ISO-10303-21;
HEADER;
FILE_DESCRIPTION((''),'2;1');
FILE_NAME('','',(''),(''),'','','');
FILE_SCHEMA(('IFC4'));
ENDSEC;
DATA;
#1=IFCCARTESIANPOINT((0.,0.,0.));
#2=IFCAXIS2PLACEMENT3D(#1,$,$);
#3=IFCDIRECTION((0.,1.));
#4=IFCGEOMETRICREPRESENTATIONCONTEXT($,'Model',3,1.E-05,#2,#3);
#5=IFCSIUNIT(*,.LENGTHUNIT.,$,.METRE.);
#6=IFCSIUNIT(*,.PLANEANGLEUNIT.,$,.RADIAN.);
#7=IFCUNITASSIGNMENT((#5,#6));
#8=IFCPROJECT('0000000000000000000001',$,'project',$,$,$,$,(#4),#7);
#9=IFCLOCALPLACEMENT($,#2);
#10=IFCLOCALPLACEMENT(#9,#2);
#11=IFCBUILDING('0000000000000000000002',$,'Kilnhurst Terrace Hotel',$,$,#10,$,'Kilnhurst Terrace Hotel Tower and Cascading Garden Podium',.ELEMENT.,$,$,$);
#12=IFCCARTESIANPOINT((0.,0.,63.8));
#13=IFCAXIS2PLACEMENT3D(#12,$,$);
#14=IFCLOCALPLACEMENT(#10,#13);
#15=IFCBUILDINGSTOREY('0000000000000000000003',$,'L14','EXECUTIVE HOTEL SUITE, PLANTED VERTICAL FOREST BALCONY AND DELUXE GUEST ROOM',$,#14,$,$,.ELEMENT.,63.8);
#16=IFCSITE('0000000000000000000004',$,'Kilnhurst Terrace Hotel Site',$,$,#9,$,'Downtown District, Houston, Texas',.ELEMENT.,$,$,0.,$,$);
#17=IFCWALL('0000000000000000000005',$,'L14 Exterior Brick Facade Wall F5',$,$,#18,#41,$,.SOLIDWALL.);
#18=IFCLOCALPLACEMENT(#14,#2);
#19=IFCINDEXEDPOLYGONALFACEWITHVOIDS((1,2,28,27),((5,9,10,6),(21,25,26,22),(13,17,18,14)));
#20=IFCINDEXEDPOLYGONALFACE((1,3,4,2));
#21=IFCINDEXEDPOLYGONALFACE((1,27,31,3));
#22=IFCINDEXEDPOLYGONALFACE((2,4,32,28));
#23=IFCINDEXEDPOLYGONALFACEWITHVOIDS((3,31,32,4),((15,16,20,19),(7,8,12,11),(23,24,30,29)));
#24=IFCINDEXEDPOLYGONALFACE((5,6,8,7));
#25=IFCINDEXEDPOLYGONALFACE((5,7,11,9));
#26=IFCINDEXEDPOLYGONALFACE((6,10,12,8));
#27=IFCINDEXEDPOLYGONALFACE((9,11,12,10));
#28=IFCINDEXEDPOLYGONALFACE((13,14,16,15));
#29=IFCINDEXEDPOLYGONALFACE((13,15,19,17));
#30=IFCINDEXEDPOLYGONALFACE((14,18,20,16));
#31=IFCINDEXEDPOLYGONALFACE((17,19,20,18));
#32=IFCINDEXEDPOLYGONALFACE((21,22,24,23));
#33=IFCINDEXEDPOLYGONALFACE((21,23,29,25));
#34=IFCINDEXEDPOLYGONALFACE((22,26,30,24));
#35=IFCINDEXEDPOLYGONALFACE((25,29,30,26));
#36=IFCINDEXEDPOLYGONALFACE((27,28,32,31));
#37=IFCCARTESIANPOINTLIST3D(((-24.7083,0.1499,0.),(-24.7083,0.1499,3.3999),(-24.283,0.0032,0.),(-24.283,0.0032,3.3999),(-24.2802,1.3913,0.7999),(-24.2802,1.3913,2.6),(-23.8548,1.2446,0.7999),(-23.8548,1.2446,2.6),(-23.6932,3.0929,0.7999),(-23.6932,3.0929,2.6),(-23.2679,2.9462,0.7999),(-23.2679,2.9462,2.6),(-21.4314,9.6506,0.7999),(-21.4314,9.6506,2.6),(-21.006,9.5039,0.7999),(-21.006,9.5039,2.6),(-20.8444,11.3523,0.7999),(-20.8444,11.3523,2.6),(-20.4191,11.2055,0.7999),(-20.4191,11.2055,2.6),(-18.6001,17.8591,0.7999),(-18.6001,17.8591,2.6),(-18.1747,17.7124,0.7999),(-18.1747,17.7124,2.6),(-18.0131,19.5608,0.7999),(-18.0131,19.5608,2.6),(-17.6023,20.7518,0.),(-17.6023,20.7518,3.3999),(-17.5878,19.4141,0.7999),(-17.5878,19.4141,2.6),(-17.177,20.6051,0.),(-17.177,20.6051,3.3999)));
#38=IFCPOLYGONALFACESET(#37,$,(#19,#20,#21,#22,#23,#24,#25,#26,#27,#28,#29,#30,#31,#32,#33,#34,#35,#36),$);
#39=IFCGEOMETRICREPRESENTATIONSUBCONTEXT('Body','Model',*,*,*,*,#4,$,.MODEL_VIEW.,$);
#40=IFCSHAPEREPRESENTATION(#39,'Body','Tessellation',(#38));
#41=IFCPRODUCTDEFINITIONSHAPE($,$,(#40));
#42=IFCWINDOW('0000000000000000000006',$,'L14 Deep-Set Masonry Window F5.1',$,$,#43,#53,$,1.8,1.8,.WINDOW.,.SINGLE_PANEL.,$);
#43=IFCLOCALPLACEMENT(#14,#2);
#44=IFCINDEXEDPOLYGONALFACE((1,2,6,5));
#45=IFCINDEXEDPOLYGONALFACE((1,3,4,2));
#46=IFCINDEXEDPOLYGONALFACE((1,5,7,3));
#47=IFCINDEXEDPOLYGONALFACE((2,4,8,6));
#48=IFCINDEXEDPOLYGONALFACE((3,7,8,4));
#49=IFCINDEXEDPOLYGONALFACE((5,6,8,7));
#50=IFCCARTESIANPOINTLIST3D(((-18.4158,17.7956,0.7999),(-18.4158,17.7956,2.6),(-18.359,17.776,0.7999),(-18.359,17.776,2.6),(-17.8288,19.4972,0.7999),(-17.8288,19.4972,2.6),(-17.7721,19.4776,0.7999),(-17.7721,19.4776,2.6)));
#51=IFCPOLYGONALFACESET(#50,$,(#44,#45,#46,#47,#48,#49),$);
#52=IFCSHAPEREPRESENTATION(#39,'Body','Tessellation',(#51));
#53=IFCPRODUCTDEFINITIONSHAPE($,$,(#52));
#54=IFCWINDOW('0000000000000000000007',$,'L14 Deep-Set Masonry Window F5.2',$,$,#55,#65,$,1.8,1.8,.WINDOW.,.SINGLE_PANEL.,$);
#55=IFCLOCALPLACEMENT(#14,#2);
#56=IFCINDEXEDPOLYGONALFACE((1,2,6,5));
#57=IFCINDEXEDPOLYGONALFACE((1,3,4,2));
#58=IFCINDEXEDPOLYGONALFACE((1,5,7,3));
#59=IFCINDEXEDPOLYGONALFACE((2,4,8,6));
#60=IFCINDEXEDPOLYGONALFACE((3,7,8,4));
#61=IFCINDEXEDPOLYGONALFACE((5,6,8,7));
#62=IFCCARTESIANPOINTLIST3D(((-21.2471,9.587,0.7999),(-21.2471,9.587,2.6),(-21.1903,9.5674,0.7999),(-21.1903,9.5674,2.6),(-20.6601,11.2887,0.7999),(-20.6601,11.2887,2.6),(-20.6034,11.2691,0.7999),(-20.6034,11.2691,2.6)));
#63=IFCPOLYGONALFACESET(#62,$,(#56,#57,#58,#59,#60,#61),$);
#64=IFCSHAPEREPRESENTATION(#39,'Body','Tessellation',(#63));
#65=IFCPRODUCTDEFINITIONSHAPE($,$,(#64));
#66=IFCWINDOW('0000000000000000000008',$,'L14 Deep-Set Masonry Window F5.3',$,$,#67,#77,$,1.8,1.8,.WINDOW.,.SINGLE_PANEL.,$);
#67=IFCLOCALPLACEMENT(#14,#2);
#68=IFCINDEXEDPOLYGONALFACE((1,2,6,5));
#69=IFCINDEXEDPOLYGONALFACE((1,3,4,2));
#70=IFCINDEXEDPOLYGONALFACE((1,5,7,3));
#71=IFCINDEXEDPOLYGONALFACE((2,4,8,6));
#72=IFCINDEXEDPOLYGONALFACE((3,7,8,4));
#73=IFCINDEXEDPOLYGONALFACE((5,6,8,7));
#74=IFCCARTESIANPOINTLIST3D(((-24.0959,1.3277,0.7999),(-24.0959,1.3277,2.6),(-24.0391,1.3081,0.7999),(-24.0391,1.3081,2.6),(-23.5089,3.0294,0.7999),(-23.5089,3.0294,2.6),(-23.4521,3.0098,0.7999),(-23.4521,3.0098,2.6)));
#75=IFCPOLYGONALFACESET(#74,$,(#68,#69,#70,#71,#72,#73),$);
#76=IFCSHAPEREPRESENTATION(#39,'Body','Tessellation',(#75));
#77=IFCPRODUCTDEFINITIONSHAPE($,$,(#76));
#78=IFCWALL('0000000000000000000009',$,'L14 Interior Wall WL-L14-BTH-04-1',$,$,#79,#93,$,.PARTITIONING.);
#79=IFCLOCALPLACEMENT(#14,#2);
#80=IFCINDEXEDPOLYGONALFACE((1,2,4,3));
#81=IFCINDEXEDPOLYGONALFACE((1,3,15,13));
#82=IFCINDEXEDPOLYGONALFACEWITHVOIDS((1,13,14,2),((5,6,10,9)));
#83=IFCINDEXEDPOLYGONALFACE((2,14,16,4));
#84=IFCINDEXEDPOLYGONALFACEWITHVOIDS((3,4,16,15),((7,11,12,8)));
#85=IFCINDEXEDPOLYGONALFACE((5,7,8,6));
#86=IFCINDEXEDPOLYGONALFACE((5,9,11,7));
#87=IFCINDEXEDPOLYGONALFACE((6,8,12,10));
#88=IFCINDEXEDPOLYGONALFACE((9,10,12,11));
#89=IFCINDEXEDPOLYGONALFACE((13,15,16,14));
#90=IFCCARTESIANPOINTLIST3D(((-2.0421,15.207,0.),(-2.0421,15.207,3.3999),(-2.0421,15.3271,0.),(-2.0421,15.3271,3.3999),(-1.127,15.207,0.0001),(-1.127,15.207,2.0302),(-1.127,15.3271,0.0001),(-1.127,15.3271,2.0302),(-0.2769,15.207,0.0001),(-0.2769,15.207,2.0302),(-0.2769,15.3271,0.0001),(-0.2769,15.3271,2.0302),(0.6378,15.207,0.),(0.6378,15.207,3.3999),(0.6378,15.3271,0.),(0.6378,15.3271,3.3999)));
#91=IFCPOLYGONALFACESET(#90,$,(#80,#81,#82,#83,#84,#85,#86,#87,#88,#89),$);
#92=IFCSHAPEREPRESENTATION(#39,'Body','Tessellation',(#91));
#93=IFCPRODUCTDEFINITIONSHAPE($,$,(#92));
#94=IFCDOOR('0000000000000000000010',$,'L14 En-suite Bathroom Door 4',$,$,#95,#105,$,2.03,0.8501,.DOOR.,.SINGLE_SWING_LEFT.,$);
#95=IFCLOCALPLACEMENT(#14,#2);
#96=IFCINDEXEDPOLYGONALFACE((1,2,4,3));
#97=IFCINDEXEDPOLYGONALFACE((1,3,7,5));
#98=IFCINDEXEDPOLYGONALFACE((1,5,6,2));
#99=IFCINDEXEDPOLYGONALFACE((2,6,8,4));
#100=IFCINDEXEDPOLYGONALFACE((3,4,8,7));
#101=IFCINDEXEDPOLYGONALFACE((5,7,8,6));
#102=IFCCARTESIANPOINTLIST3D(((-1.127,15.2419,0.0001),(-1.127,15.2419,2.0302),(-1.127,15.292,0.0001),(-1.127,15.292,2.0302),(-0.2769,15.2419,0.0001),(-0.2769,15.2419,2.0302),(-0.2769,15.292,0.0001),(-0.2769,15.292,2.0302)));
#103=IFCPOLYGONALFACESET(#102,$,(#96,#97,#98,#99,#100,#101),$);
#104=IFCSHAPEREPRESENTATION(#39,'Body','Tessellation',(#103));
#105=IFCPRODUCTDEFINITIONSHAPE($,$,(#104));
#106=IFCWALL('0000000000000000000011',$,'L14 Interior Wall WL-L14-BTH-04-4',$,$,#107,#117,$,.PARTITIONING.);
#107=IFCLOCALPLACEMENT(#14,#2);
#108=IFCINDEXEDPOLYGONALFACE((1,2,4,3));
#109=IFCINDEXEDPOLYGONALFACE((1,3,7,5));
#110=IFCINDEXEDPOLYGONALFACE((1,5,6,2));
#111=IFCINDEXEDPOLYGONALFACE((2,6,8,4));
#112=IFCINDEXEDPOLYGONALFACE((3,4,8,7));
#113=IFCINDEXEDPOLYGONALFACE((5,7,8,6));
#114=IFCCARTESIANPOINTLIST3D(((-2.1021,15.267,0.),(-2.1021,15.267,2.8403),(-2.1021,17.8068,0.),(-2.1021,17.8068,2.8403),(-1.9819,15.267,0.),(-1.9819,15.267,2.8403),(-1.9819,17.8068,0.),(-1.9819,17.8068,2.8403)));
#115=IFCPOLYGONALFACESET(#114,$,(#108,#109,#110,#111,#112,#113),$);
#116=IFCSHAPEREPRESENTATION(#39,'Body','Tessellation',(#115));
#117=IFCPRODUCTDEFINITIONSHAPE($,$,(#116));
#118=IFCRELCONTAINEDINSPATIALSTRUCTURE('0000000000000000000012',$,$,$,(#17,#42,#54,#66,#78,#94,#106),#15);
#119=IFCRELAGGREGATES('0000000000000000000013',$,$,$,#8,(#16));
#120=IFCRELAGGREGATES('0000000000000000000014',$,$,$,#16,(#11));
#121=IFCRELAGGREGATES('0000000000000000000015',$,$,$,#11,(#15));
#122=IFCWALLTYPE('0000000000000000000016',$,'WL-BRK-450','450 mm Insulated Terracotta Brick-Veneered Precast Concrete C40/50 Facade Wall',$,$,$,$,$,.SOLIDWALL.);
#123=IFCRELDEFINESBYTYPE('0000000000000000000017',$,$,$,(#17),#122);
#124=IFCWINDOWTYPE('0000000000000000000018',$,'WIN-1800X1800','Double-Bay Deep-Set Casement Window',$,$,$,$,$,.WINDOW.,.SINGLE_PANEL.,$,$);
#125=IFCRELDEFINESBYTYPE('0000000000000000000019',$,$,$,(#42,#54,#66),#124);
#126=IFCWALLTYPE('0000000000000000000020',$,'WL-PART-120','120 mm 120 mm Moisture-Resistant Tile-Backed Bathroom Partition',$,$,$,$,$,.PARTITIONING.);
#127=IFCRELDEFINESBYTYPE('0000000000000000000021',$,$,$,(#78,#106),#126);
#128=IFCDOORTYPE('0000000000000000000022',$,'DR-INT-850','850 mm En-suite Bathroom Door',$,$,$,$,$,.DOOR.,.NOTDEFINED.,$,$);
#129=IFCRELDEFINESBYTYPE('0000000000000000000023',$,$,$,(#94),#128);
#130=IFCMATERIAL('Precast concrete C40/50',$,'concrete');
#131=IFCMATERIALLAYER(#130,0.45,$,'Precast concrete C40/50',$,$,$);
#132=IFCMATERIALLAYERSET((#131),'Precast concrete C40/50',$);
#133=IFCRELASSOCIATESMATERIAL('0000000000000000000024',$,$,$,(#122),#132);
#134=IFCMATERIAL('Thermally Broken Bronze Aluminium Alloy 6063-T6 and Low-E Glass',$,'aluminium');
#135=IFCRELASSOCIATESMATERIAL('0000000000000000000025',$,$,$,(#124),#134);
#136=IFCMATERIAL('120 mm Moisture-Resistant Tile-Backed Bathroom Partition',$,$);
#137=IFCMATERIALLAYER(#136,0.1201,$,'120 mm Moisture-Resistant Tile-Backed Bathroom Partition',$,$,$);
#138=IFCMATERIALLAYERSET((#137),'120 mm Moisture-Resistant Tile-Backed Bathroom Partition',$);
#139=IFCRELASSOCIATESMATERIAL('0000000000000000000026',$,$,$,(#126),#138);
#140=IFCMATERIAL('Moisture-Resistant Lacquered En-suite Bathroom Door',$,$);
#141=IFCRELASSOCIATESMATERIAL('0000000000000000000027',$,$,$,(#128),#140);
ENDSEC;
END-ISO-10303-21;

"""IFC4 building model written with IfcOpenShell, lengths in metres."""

from ifc_helpers import new_model, si_unit, direction, frame, frame_2d, origin, place, context, subcontext, project, spatial, rectangle, extrude, material, layer, layer_set, type_object, element, fill, save


model = new_model("IFC4")

# Units and contexts
model_context = context("Model", 3, precision=1e-05, world=origin(), true_north=direction((0.0, 1.0)))
body_context = subcontext(model_context, "Body", "Model", "MODEL_VIEW")
ifc_project = project(units=[si_unit("LENGTHUNIT", "METRE"), si_unit("PLANEANGLEUNIT", "RADIAN")], contexts=[model_context])

# Site, building, storey
site_placement = place(None, origin())
site = spatial("IfcSite", under=ifc_project, at=site_placement, Name="Kilnhurst Terrace Hotel Site", LongName="Downtown District, Houston, Texas", CompositionType="ELEMENT", RefElevation=0.0)
building_placement = place(site_placement, origin())
building = spatial("IfcBuilding", under=site, at=building_placement, Name="Kilnhurst Terrace Hotel", LongName="Kilnhurst Terrace Hotel Tower and Cascading Garden Podium", CompositionType="ELEMENT")
storey_placement = place(building_placement, frame((0.0, 0.0, 63.8)))
storey = spatial("IfcBuildingStorey", under=building, at=storey_placement, Name="L14", Description="EXECUTIVE HOTEL SUITE, PLANTED VERTICAL FOREST BALCONY AND DELUXE GUEST ROOM", CompositionType="ELEMENT", Elevation=63.8)

# Shared definitions
ifc_material_1 = material(Name="Precast concrete C40/50", Category="concrete")
ifc_layer_1 = layer(ifc_material_1, 0.45, Name="Precast concrete C40/50")
ifc_layer_set_1 = layer_set([ifc_layer_1], Name="Precast concrete C40/50")
wall_type_1 = type_object("IfcWallType", Name="WL-BRK-450", Description="450 mm Insulated Terracotta Brick-Veneered Precast Concrete C40/50 Facade Wall", PredefinedType="SOLIDWALL", material=ifc_layer_set_1)

# Wall, openings, windows
wall_1_placement = place(storey_placement, frame((-17.3896, 20.6785, 0.0), z_axis=(0.0, 0.0, 1.0), x_axis=(-0.326068, -0.945346, 0.0)))
wall_1 = element("IfcWall", 1, at=wall_1_placement, inside=storey, type_object=wall_type_1, Name="L14 Exterior Brick Facade Wall F5", PredefinedType="SOLIDWALL", context=body_context, shape_type="SweptSolid", body=[
    extrude(rectangle(XDim=21.793, YDim=0.45, at=frame_2d((10.8965, 0.0))), origin(), (0.0, 0.0, 1.0), 3.3999),
])
opening_1_placement = place(wall_1_placement, frame((1.26, 0.0, 0.8)))
opening_1 = element("IfcOpeningElement", 2, at=opening_1_placement, cuts=wall_1, PredefinedType="OPENING", context=body_context, shape_type="SweptSolid", body=[
    extrude(rectangle(XDim=1.8, YDim=1.8, at=frame_2d((0.8999, 0.8999))), frame((0.0, 0.2349, 0.0), z_axis=(0.0, -1.0, 0.0), x_axis=(1.0, 0.0, 0.0)), (0.0, 0.0, 1.0), 0.47),
])
opening_2_placement = place(wall_1_placement, frame((9.9431, 0.0, 0.8)))
opening_2 = element("IfcOpeningElement", 3, at=opening_2_placement, cuts=wall_1, PredefinedType="OPENING", context=body_context, shape_type="SweptSolid", body=[
    extrude(rectangle(XDim=1.8, YDim=1.8, at=frame_2d((0.8999, 0.8999))), frame((0.0, 0.2349, 0.0), z_axis=(0.0, -1.0, 0.0), x_axis=(1.0, 0.0, 0.0)), (0.0, 0.0, 1.0), 0.47),
])
opening_3_placement = place(wall_1_placement, frame((18.6799, 0.0, 0.8)))
opening_3 = element("IfcOpeningElement", 4, at=opening_3_placement, cuts=wall_1, PredefinedType="OPENING", context=body_context, shape_type="SweptSolid", body=[
    extrude(rectangle(XDim=1.8, YDim=1.8, at=frame_2d((0.8999, 0.8999))), frame((0.0, 0.2349, 0.0), z_axis=(0.0, -1.0, 0.0), x_axis=(1.0, 0.0, 0.0)), (0.0, 0.0, 1.0), 0.47),
])
ifc_material_2 = material(Name="Thermally Broken Bronze Aluminium Alloy 6063-T6 and Low-E Glass", Category="aluminium")
window_type = type_object("IfcWindowType", Name="WIN-1800X1800", Description="Double-Bay Deep-Set Casement Window", PartitioningType="SINGLE_PANEL", PredefinedType="WINDOW", material=ifc_material_2)
window_1_placement = place(opening_1_placement, origin())
window_1 = element("IfcWindow", 5, at=window_1_placement, inside=storey, type_object=window_type, Name="L14 Deep-Set Masonry Window F5.1", OverallHeight=1.8, OverallWidth=1.8, PartitioningType="SINGLE_PANEL", PredefinedType="WINDOW", context=body_context, shape_type="SweptSolid", body=[
    extrude(rectangle(XDim=1.8, YDim=1.8, at=frame_2d((0.8999, 0.8999))), frame((0.0, 0.03, 0.0), z_axis=(0.0, -1.0, 0.0), x_axis=(1.0, 0.0, 0.0)), (0.0, 0.0, 1.0), 0.0601),
])
fill(opening_1, window_1)
window_2_placement = place(opening_2_placement, origin())
window_2 = element("IfcWindow", 6, at=window_2_placement, inside=storey, type_object=window_type, Name="L14 Deep-Set Masonry Window F5.2", OverallHeight=1.8, OverallWidth=1.8, PartitioningType="SINGLE_PANEL", PredefinedType="WINDOW", context=body_context, shape_type="SweptSolid", body=[
    extrude(rectangle(XDim=1.8, YDim=1.8, at=frame_2d((0.8999, 0.8999))), frame((0.0, 0.03, 0.0), z_axis=(0.0, -1.0, 0.0), x_axis=(1.0, 0.0, 0.0)), (0.0, 0.0, 1.0), 0.0601),
])
fill(opening_2, window_2)
window_3_placement = place(opening_3_placement, origin())
window_3 = element("IfcWindow", 7, at=window_3_placement, inside=storey, type_object=window_type, Name="L14 Deep-Set Masonry Window F5.3", OverallHeight=1.8, OverallWidth=1.8, PartitioningType="SINGLE_PANEL", PredefinedType="WINDOW", context=body_context, shape_type="SweptSolid", body=[
    extrude(rectangle(XDim=1.8, YDim=1.8, at=frame_2d((0.8999, 0.8999))), frame((0.0, 0.03, 0.0), z_axis=(0.0, -1.0, 0.0), x_axis=(1.0, 0.0, 0.0)), (0.0, 0.0, 1.0), 0.0601),
])
fill(opening_3, window_3)

# Wall, opening, door
ifc_material_3 = material(Name="120 mm Moisture-Resistant Tile-Backed Bathroom Partition")
ifc_layer_2 = layer(ifc_material_3, 0.1201, Name="120 mm Moisture-Resistant Tile-Backed Bathroom Partition")
ifc_layer_set_2 = layer_set([ifc_layer_2], Name="120 mm Moisture-Resistant Tile-Backed Bathroom Partition")
wall_type_2 = type_object("IfcWallType", Name="WL-PART-120", Description="120 mm 120 mm Moisture-Resistant Tile-Backed Bathroom Partition", PredefinedType="PARTITIONING", material=ifc_layer_set_2)
wall_2_placement = place(storey_placement, frame((-2.042, 15.2671, 0.0), z_axis=(0.0, 0.0, 1.0), x_axis=(1.0, 0.0, 0.0)))
wall_2 = element("IfcWall", 8, at=wall_2_placement, inside=storey, type_object=wall_type_2, Name="L14 Interior Wall WL-L14-BTH-04-1", PredefinedType="PARTITIONING", context=body_context, shape_type="SweptSolid", body=[
    extrude(rectangle(XDim=2.6799, YDim=0.1201, at=frame_2d((1.3398, 0.0))), origin(), (0.0, 0.0, 1.0), 3.3999),
])
opening_4_placement = place(wall_2_placement, frame((0.915, 0.0, 0.0)))
opening_4 = element("IfcOpeningElement", 9, at=opening_4_placement, cuts=wall_2, PredefinedType="OPENING", context=body_context, shape_type="SweptSolid", body=[
    extrude(rectangle(XDim=0.8501, YDim=2.03, at=frame_2d((0.425, 1.0151))), frame((0.0, 0.0701, 0.0), z_axis=(0.0, -1.0, 0.0), x_axis=(1.0, 0.0, 0.0)), (0.0, 0.0, 1.0), 0.1401),
])
ifc_material_4 = material(Name="Moisture-Resistant Lacquered En-suite Bathroom Door")
door_type = type_object("IfcDoorType", Name="DR-INT-850", Description="850 mm En-suite Bathroom Door", OperationType="NOTDEFINED", PredefinedType="DOOR", material=ifc_material_4)
door_placement = place(opening_4_placement, origin())
door = element("IfcDoor", 10, at=door_placement, inside=storey, type_object=door_type, Name="L14 En-suite Bathroom Door 4", OperationType="SINGLE_SWING_LEFT", OverallHeight=2.03, OverallWidth=0.8501, PredefinedType="DOOR", context=body_context, shape_type="SweptSolid", body=[
    extrude(rectangle(XDim=0.8501, YDim=2.03, at=frame_2d((0.425, 1.0151))), frame((0.0, 0.0249, 0.0), z_axis=(0.0, -1.0, 0.0), x_axis=(1.0, 0.0, 0.0)), (0.0, 0.0, 1.0), 0.05),
])
fill(opening_4, door)

# Wall
wall_3_placement = place(storey_placement, frame((-2.042, 17.8069, 0.0), z_axis=(0.0, 0.0, 1.0), x_axis=(0.0, -1.0, 0.0)))
element("IfcWall", 11, at=wall_3_placement, inside=storey, type_object=wall_type_2, Name="L14 Interior Wall WL-L14-BTH-04-4", PredefinedType="PARTITIONING", context=body_context, shape_type="SweptSolid", body=[
    extrude(rectangle(XDim=2.5398, YDim=0.1201, at=frame_2d((1.27, 0.0))), origin(), (0.0, 0.0, 1.0), 2.8403),
])

save(model, "model.ifc")
